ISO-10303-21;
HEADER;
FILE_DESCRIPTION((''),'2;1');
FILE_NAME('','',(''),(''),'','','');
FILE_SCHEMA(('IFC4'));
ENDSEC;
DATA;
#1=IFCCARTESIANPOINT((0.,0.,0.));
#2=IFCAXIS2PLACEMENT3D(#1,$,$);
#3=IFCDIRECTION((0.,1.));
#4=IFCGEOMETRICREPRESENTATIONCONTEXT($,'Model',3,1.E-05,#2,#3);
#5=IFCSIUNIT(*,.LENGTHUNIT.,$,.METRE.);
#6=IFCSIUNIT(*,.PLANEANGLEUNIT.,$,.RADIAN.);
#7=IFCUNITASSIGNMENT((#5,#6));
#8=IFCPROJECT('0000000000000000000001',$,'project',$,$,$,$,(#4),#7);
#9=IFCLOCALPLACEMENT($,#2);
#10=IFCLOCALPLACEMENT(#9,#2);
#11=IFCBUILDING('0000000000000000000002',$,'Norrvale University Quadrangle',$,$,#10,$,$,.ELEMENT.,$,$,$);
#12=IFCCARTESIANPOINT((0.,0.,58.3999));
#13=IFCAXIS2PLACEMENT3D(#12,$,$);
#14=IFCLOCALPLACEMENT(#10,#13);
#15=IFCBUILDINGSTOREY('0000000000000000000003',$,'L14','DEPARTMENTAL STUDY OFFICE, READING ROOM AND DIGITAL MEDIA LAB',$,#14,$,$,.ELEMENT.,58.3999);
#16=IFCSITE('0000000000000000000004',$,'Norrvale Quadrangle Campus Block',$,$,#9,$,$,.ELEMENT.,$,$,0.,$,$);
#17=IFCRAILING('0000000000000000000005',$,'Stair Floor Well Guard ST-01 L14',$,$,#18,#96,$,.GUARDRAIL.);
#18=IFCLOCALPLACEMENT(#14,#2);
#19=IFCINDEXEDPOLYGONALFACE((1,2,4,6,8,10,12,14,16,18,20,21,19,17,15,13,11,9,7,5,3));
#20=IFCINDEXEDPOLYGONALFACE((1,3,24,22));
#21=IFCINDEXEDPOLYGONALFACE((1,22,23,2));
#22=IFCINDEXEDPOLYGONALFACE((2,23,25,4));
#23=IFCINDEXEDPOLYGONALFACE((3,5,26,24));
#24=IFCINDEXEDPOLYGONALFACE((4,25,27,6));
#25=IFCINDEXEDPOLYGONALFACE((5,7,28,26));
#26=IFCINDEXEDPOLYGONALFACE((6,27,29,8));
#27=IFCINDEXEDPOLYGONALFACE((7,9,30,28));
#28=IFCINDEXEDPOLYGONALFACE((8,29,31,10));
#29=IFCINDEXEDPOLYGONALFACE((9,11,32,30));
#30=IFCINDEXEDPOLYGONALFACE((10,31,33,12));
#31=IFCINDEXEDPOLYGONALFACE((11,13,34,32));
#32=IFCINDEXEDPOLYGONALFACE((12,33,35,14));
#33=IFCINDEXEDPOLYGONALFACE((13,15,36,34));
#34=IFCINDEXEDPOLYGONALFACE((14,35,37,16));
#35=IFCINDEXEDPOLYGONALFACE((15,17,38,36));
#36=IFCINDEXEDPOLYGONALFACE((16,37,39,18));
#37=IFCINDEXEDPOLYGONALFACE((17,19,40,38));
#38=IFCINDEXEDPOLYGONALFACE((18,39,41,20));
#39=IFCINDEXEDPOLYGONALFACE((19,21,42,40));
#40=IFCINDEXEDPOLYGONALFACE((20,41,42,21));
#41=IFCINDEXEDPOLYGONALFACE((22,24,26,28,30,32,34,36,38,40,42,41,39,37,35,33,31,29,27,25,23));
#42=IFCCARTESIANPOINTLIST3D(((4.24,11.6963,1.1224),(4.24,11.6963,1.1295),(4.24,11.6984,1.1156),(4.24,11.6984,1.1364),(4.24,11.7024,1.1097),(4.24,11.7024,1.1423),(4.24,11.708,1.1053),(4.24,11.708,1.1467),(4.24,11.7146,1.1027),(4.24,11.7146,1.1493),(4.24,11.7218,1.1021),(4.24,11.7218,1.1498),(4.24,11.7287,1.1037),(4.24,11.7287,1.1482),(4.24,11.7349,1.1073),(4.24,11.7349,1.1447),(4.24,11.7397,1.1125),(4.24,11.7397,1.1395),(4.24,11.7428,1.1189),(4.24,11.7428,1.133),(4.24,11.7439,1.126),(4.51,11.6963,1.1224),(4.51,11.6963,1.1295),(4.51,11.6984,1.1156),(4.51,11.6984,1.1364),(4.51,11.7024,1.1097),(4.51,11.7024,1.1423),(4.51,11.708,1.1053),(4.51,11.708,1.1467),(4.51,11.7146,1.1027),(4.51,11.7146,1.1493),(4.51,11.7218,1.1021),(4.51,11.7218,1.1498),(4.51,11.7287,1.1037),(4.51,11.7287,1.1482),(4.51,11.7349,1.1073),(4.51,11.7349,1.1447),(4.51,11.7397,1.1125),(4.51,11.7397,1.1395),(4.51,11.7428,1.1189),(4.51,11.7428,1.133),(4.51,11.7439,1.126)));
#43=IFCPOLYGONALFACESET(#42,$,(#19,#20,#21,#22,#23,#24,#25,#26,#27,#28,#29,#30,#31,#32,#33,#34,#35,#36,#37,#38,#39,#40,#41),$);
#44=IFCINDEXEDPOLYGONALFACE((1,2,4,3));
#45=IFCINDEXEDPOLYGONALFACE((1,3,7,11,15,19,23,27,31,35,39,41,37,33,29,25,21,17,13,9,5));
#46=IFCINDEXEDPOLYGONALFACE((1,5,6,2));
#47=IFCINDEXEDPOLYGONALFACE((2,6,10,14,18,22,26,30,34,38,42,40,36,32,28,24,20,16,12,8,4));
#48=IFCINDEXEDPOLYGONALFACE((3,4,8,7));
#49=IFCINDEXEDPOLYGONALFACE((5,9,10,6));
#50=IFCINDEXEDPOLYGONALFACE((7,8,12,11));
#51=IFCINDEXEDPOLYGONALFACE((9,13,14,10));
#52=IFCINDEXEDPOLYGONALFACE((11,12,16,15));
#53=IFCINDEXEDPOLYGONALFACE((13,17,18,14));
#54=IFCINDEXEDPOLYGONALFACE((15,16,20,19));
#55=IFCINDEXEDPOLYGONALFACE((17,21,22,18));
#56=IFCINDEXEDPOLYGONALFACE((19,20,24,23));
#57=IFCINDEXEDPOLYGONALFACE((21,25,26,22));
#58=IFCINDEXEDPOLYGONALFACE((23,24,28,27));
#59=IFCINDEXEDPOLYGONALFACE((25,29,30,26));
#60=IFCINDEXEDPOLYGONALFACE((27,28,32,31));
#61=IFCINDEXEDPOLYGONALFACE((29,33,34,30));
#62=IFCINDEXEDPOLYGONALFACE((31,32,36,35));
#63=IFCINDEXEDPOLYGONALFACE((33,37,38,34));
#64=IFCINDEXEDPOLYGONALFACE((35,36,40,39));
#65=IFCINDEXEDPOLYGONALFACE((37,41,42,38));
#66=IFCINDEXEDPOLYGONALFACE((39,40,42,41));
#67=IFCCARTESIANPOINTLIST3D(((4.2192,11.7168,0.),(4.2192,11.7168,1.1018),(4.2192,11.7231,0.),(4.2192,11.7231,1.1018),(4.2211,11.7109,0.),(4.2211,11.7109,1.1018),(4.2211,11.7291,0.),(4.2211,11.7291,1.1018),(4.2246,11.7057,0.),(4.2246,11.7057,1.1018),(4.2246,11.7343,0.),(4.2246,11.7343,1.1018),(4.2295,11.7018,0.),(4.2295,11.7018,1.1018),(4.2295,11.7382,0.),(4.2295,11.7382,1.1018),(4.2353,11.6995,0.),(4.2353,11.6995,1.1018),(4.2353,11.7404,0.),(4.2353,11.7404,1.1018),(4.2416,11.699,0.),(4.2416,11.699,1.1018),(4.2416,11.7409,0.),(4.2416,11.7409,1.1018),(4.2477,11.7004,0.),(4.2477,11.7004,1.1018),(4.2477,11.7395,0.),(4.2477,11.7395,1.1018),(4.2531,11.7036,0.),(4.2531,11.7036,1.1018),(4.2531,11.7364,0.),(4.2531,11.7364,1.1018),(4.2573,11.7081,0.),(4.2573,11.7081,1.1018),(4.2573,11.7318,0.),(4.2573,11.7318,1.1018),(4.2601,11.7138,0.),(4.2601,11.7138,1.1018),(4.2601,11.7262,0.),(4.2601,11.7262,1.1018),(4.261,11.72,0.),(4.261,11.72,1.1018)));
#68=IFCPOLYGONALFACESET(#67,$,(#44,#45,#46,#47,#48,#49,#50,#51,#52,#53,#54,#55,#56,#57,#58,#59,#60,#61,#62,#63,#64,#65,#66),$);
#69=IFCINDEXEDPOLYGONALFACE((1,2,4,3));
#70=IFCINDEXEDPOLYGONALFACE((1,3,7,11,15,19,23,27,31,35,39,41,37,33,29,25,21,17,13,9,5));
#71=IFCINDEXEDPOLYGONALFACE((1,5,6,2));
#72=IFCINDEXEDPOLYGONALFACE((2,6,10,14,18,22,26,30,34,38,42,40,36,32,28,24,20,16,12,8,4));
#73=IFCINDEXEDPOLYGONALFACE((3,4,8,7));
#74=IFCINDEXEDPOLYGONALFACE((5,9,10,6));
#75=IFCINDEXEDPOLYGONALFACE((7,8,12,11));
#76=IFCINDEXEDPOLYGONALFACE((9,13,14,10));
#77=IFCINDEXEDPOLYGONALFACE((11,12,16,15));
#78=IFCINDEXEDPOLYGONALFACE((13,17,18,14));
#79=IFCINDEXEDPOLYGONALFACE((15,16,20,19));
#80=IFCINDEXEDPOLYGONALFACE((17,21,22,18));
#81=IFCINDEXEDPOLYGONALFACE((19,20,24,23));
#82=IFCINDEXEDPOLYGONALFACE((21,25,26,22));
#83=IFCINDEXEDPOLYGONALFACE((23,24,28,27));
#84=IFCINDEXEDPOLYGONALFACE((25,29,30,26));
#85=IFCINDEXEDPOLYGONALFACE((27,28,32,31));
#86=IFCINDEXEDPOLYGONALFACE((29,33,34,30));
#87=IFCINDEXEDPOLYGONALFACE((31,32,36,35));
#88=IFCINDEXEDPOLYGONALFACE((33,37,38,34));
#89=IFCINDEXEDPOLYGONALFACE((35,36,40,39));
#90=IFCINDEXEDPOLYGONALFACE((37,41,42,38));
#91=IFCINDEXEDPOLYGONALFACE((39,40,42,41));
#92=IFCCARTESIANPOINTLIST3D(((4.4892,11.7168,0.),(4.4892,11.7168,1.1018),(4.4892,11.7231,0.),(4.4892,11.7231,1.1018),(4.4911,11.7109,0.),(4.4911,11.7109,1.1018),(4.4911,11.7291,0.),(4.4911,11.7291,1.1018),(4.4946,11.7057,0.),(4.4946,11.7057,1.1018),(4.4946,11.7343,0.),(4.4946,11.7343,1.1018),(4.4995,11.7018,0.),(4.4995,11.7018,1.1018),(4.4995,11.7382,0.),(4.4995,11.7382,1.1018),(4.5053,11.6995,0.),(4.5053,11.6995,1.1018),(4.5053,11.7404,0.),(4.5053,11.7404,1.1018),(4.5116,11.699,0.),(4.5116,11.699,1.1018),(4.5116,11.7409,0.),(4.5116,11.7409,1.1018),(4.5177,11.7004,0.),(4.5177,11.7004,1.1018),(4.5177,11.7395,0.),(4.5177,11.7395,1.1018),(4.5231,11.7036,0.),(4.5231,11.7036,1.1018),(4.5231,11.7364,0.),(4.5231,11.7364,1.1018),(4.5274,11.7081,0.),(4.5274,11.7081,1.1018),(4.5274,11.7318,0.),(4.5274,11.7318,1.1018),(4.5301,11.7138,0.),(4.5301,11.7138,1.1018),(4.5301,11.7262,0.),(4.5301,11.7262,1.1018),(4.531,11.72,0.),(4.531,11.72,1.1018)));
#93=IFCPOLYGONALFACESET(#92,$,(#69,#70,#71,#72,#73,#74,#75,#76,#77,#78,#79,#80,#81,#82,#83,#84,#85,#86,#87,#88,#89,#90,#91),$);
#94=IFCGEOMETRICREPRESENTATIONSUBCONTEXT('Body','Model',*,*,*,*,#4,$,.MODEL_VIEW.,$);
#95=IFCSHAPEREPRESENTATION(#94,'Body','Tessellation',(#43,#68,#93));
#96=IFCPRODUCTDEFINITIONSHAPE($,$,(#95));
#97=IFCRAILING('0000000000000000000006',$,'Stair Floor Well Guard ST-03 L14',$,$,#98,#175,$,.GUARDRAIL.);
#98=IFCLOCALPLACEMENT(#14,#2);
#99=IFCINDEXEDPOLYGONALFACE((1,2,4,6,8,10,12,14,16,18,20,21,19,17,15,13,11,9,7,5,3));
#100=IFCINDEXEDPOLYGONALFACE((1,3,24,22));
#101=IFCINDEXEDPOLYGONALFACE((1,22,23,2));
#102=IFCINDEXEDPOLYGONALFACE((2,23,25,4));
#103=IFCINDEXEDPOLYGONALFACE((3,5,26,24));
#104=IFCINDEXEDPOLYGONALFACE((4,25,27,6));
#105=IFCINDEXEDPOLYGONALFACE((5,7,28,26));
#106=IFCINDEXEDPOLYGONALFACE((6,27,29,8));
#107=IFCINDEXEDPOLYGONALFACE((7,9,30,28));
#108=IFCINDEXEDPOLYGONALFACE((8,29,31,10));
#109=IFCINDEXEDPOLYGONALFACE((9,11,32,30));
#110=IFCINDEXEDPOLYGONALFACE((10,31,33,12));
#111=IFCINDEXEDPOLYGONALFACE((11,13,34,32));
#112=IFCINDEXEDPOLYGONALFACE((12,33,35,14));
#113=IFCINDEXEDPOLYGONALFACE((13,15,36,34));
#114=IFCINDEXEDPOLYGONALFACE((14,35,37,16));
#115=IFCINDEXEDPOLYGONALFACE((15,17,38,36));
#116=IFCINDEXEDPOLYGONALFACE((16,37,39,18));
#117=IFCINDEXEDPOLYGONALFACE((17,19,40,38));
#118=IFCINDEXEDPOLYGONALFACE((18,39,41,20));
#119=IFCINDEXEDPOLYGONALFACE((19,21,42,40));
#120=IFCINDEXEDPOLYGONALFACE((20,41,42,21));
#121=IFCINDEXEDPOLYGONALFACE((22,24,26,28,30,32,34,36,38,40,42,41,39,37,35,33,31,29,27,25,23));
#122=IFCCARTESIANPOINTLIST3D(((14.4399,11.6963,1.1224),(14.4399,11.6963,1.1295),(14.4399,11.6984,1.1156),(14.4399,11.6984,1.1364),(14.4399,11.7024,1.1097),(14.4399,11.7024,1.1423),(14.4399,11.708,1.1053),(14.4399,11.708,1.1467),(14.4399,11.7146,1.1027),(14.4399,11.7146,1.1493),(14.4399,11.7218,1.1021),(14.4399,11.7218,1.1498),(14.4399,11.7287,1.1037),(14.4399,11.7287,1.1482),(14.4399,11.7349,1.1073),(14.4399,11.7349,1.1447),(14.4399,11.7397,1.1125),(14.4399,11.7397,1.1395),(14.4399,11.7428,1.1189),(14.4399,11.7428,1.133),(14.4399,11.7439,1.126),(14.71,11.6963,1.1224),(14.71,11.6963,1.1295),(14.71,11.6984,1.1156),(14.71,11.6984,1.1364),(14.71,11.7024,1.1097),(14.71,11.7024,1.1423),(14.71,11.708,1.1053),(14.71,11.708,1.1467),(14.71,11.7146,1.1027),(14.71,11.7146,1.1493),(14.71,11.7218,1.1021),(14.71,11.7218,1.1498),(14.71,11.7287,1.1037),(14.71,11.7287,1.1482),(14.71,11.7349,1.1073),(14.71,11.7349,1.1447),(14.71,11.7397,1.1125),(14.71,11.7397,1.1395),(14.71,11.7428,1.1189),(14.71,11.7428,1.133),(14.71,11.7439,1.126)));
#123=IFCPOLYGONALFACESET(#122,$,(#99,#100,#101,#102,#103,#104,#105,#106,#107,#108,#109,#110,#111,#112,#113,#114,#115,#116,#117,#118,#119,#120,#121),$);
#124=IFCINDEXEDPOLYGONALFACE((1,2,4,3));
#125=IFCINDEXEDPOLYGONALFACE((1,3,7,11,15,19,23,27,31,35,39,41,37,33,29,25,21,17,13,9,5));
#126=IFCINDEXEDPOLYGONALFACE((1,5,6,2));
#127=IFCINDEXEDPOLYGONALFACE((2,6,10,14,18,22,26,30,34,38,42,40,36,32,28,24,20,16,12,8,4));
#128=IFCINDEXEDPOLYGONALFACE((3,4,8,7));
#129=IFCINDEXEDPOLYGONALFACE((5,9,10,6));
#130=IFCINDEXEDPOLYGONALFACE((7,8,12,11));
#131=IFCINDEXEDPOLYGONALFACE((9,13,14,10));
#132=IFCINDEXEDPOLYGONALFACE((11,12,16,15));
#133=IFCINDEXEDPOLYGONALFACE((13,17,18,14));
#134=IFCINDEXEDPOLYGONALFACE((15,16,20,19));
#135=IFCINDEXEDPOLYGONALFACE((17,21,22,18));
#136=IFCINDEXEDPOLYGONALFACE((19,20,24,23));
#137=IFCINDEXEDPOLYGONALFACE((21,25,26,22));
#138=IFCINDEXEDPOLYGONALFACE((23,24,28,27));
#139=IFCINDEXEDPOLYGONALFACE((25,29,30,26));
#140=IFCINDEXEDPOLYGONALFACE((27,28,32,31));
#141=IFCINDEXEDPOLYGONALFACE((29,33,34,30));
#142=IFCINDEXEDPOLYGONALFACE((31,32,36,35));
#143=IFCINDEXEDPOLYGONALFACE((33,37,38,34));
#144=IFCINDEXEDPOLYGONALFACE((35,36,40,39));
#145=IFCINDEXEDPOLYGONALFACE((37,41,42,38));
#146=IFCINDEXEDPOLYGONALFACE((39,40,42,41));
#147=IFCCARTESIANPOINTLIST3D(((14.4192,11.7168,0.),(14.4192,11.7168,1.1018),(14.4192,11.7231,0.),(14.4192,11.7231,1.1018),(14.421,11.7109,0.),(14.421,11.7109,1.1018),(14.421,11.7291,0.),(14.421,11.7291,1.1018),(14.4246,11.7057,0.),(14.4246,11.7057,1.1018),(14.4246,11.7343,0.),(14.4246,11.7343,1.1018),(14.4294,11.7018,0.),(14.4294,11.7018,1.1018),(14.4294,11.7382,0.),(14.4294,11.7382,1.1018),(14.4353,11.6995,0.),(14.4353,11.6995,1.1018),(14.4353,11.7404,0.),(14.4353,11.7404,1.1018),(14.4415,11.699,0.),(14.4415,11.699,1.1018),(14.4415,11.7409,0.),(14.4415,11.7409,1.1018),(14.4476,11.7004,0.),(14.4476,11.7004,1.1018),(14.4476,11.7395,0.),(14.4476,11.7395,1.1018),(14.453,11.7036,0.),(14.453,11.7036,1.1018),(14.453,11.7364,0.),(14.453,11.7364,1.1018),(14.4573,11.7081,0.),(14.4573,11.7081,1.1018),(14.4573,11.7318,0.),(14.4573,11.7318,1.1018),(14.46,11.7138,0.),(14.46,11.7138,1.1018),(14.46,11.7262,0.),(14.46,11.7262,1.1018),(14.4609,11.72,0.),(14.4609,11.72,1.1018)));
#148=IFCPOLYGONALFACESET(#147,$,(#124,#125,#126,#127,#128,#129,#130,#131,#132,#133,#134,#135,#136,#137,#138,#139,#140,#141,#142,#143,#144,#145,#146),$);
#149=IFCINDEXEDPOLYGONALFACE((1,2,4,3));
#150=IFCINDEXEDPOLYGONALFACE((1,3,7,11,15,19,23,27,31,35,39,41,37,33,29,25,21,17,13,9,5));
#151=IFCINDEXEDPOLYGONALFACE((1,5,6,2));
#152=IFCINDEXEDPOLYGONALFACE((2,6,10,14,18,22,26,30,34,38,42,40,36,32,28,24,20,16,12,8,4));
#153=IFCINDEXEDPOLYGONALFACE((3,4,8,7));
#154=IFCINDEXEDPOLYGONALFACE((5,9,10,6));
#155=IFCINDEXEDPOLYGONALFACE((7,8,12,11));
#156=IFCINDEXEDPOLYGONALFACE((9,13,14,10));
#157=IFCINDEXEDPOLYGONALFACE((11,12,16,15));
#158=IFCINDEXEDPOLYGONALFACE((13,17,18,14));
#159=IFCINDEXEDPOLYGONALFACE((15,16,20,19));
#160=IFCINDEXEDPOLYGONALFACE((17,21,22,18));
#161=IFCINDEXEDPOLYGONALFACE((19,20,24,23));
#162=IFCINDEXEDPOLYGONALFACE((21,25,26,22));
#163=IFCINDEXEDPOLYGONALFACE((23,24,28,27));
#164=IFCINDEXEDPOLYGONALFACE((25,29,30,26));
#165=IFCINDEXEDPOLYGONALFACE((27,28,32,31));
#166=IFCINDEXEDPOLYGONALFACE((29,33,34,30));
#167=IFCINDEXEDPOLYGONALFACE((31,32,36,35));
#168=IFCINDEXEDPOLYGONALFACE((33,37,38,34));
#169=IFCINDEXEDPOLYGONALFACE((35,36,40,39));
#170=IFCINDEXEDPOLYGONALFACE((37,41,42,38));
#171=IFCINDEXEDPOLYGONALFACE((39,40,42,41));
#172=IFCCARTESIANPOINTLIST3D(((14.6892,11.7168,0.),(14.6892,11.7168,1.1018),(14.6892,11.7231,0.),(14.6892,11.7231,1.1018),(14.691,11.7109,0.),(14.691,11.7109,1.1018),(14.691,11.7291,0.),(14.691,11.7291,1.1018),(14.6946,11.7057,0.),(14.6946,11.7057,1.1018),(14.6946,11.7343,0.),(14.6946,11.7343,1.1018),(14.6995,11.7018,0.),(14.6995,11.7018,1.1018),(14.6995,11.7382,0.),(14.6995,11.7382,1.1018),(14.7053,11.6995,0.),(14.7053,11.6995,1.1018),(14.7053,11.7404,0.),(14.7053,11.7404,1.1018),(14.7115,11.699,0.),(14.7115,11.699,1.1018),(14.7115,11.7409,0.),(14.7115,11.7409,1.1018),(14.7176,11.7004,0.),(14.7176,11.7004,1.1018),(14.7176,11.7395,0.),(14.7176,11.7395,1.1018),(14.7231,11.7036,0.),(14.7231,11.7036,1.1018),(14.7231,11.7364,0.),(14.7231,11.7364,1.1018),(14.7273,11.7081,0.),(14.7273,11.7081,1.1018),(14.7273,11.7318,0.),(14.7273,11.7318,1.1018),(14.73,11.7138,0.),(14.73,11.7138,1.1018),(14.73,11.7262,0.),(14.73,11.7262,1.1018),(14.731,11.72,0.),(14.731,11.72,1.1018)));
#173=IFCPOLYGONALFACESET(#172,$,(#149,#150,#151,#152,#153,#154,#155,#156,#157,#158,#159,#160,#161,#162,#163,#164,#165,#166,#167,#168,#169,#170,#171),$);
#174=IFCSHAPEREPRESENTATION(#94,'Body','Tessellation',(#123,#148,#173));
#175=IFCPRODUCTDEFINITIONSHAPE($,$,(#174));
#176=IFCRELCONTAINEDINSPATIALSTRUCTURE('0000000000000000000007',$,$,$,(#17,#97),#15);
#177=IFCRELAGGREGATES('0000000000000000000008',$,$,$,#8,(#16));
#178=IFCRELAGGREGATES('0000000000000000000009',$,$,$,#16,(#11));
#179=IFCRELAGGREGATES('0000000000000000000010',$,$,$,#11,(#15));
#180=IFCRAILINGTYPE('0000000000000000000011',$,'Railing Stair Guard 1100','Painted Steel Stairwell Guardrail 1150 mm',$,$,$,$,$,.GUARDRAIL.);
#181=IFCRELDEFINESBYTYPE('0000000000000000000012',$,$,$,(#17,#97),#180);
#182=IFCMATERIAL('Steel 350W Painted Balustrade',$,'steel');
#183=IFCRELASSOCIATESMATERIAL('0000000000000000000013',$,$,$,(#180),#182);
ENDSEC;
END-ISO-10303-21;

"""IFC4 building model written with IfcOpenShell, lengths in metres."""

from ifc_helpers import new_model, si_unit, direction, frame, origin, origin_2d, place, context, subcontext, project, spatial, circle, extrude, material, type_object, element, save


model = new_model("IFC4")

# Units and contexts
model_context = context("Model", 3, precision=1e-05, world=origin(), true_north=direction((0.0, 1.0)))
body_context = subcontext(model_context, "Body", "Model", "MODEL_VIEW")
ifc_project = project(units=[si_unit("LENGTHUNIT", "METRE"), si_unit("PLANEANGLEUNIT", "RADIAN")], contexts=[model_context])

# Site, building, storey
site_placement = place(None, origin())
site = spatial("IfcSite", under=ifc_project, at=site_placement, Name="Norrvale Quadrangle Campus Block", CompositionType="ELEMENT", RefElevation=0.0)
building_placement = place(site_placement, origin())
building = spatial("IfcBuilding", under=site, at=building_placement, Name="Norrvale University Quadrangle", CompositionType="ELEMENT")
storey_placement = place(building_placement, frame((0.0, 0.0, 58.3999)))
storey = spatial("IfcBuildingStorey", under=building, at=storey_placement, Name="L14", Description="DEPARTMENTAL STUDY OFFICE, READING ROOM AND DIGITAL MEDIA LAB", CompositionType="ELEMENT", Elevation=58.3999)

# Railings
ifc_material_1 = material(Name="Steel 350W Painted Balustrade", Category="steel")
railing_type_1 = type_object("IfcRailingType", Name="Railing Stair Guard 1100", Description="Painted Steel Stairwell Guardrail 1150 mm", PredefinedType="GUARDRAIL", material=ifc_material_1)
for number, where, name in (
    (1, (4.24, 11.72, 0.0), "Stair Floor Well Guard ST-01 L14"),
    (2, (14.4399, 11.72, 0.0), "Stair Floor Well Guard ST-03 L14"),
):
    element("IfcRailing", number, at=place(storey_placement, frame(where)), inside=storey, type_object=railing_type_1, Name=name, PredefinedType="GUARDRAIL", context=body_context, shape_type="SweptSolid", body=[
        extrude(circle(Radius=0.0239, at=origin_2d()), frame((0.0, 0.0, 1.126), z_axis=(1.0, 0.0, 0.0), x_axis=(0.0, 1.0, 0.0)), (0.0, 0.0, 1.0), 0.27),
        extrude(circle(Radius=0.021, at=origin_2d()), origin(), (0.0, 0.0, 1.0), 1.1018),
        extrude(circle(Radius=0.021, at=origin_2d()), frame((0.27, 0.0, 0.0)), (0.0, 0.0, 1.0), 1.1018),
    ])

save(model, "model.ifc")
